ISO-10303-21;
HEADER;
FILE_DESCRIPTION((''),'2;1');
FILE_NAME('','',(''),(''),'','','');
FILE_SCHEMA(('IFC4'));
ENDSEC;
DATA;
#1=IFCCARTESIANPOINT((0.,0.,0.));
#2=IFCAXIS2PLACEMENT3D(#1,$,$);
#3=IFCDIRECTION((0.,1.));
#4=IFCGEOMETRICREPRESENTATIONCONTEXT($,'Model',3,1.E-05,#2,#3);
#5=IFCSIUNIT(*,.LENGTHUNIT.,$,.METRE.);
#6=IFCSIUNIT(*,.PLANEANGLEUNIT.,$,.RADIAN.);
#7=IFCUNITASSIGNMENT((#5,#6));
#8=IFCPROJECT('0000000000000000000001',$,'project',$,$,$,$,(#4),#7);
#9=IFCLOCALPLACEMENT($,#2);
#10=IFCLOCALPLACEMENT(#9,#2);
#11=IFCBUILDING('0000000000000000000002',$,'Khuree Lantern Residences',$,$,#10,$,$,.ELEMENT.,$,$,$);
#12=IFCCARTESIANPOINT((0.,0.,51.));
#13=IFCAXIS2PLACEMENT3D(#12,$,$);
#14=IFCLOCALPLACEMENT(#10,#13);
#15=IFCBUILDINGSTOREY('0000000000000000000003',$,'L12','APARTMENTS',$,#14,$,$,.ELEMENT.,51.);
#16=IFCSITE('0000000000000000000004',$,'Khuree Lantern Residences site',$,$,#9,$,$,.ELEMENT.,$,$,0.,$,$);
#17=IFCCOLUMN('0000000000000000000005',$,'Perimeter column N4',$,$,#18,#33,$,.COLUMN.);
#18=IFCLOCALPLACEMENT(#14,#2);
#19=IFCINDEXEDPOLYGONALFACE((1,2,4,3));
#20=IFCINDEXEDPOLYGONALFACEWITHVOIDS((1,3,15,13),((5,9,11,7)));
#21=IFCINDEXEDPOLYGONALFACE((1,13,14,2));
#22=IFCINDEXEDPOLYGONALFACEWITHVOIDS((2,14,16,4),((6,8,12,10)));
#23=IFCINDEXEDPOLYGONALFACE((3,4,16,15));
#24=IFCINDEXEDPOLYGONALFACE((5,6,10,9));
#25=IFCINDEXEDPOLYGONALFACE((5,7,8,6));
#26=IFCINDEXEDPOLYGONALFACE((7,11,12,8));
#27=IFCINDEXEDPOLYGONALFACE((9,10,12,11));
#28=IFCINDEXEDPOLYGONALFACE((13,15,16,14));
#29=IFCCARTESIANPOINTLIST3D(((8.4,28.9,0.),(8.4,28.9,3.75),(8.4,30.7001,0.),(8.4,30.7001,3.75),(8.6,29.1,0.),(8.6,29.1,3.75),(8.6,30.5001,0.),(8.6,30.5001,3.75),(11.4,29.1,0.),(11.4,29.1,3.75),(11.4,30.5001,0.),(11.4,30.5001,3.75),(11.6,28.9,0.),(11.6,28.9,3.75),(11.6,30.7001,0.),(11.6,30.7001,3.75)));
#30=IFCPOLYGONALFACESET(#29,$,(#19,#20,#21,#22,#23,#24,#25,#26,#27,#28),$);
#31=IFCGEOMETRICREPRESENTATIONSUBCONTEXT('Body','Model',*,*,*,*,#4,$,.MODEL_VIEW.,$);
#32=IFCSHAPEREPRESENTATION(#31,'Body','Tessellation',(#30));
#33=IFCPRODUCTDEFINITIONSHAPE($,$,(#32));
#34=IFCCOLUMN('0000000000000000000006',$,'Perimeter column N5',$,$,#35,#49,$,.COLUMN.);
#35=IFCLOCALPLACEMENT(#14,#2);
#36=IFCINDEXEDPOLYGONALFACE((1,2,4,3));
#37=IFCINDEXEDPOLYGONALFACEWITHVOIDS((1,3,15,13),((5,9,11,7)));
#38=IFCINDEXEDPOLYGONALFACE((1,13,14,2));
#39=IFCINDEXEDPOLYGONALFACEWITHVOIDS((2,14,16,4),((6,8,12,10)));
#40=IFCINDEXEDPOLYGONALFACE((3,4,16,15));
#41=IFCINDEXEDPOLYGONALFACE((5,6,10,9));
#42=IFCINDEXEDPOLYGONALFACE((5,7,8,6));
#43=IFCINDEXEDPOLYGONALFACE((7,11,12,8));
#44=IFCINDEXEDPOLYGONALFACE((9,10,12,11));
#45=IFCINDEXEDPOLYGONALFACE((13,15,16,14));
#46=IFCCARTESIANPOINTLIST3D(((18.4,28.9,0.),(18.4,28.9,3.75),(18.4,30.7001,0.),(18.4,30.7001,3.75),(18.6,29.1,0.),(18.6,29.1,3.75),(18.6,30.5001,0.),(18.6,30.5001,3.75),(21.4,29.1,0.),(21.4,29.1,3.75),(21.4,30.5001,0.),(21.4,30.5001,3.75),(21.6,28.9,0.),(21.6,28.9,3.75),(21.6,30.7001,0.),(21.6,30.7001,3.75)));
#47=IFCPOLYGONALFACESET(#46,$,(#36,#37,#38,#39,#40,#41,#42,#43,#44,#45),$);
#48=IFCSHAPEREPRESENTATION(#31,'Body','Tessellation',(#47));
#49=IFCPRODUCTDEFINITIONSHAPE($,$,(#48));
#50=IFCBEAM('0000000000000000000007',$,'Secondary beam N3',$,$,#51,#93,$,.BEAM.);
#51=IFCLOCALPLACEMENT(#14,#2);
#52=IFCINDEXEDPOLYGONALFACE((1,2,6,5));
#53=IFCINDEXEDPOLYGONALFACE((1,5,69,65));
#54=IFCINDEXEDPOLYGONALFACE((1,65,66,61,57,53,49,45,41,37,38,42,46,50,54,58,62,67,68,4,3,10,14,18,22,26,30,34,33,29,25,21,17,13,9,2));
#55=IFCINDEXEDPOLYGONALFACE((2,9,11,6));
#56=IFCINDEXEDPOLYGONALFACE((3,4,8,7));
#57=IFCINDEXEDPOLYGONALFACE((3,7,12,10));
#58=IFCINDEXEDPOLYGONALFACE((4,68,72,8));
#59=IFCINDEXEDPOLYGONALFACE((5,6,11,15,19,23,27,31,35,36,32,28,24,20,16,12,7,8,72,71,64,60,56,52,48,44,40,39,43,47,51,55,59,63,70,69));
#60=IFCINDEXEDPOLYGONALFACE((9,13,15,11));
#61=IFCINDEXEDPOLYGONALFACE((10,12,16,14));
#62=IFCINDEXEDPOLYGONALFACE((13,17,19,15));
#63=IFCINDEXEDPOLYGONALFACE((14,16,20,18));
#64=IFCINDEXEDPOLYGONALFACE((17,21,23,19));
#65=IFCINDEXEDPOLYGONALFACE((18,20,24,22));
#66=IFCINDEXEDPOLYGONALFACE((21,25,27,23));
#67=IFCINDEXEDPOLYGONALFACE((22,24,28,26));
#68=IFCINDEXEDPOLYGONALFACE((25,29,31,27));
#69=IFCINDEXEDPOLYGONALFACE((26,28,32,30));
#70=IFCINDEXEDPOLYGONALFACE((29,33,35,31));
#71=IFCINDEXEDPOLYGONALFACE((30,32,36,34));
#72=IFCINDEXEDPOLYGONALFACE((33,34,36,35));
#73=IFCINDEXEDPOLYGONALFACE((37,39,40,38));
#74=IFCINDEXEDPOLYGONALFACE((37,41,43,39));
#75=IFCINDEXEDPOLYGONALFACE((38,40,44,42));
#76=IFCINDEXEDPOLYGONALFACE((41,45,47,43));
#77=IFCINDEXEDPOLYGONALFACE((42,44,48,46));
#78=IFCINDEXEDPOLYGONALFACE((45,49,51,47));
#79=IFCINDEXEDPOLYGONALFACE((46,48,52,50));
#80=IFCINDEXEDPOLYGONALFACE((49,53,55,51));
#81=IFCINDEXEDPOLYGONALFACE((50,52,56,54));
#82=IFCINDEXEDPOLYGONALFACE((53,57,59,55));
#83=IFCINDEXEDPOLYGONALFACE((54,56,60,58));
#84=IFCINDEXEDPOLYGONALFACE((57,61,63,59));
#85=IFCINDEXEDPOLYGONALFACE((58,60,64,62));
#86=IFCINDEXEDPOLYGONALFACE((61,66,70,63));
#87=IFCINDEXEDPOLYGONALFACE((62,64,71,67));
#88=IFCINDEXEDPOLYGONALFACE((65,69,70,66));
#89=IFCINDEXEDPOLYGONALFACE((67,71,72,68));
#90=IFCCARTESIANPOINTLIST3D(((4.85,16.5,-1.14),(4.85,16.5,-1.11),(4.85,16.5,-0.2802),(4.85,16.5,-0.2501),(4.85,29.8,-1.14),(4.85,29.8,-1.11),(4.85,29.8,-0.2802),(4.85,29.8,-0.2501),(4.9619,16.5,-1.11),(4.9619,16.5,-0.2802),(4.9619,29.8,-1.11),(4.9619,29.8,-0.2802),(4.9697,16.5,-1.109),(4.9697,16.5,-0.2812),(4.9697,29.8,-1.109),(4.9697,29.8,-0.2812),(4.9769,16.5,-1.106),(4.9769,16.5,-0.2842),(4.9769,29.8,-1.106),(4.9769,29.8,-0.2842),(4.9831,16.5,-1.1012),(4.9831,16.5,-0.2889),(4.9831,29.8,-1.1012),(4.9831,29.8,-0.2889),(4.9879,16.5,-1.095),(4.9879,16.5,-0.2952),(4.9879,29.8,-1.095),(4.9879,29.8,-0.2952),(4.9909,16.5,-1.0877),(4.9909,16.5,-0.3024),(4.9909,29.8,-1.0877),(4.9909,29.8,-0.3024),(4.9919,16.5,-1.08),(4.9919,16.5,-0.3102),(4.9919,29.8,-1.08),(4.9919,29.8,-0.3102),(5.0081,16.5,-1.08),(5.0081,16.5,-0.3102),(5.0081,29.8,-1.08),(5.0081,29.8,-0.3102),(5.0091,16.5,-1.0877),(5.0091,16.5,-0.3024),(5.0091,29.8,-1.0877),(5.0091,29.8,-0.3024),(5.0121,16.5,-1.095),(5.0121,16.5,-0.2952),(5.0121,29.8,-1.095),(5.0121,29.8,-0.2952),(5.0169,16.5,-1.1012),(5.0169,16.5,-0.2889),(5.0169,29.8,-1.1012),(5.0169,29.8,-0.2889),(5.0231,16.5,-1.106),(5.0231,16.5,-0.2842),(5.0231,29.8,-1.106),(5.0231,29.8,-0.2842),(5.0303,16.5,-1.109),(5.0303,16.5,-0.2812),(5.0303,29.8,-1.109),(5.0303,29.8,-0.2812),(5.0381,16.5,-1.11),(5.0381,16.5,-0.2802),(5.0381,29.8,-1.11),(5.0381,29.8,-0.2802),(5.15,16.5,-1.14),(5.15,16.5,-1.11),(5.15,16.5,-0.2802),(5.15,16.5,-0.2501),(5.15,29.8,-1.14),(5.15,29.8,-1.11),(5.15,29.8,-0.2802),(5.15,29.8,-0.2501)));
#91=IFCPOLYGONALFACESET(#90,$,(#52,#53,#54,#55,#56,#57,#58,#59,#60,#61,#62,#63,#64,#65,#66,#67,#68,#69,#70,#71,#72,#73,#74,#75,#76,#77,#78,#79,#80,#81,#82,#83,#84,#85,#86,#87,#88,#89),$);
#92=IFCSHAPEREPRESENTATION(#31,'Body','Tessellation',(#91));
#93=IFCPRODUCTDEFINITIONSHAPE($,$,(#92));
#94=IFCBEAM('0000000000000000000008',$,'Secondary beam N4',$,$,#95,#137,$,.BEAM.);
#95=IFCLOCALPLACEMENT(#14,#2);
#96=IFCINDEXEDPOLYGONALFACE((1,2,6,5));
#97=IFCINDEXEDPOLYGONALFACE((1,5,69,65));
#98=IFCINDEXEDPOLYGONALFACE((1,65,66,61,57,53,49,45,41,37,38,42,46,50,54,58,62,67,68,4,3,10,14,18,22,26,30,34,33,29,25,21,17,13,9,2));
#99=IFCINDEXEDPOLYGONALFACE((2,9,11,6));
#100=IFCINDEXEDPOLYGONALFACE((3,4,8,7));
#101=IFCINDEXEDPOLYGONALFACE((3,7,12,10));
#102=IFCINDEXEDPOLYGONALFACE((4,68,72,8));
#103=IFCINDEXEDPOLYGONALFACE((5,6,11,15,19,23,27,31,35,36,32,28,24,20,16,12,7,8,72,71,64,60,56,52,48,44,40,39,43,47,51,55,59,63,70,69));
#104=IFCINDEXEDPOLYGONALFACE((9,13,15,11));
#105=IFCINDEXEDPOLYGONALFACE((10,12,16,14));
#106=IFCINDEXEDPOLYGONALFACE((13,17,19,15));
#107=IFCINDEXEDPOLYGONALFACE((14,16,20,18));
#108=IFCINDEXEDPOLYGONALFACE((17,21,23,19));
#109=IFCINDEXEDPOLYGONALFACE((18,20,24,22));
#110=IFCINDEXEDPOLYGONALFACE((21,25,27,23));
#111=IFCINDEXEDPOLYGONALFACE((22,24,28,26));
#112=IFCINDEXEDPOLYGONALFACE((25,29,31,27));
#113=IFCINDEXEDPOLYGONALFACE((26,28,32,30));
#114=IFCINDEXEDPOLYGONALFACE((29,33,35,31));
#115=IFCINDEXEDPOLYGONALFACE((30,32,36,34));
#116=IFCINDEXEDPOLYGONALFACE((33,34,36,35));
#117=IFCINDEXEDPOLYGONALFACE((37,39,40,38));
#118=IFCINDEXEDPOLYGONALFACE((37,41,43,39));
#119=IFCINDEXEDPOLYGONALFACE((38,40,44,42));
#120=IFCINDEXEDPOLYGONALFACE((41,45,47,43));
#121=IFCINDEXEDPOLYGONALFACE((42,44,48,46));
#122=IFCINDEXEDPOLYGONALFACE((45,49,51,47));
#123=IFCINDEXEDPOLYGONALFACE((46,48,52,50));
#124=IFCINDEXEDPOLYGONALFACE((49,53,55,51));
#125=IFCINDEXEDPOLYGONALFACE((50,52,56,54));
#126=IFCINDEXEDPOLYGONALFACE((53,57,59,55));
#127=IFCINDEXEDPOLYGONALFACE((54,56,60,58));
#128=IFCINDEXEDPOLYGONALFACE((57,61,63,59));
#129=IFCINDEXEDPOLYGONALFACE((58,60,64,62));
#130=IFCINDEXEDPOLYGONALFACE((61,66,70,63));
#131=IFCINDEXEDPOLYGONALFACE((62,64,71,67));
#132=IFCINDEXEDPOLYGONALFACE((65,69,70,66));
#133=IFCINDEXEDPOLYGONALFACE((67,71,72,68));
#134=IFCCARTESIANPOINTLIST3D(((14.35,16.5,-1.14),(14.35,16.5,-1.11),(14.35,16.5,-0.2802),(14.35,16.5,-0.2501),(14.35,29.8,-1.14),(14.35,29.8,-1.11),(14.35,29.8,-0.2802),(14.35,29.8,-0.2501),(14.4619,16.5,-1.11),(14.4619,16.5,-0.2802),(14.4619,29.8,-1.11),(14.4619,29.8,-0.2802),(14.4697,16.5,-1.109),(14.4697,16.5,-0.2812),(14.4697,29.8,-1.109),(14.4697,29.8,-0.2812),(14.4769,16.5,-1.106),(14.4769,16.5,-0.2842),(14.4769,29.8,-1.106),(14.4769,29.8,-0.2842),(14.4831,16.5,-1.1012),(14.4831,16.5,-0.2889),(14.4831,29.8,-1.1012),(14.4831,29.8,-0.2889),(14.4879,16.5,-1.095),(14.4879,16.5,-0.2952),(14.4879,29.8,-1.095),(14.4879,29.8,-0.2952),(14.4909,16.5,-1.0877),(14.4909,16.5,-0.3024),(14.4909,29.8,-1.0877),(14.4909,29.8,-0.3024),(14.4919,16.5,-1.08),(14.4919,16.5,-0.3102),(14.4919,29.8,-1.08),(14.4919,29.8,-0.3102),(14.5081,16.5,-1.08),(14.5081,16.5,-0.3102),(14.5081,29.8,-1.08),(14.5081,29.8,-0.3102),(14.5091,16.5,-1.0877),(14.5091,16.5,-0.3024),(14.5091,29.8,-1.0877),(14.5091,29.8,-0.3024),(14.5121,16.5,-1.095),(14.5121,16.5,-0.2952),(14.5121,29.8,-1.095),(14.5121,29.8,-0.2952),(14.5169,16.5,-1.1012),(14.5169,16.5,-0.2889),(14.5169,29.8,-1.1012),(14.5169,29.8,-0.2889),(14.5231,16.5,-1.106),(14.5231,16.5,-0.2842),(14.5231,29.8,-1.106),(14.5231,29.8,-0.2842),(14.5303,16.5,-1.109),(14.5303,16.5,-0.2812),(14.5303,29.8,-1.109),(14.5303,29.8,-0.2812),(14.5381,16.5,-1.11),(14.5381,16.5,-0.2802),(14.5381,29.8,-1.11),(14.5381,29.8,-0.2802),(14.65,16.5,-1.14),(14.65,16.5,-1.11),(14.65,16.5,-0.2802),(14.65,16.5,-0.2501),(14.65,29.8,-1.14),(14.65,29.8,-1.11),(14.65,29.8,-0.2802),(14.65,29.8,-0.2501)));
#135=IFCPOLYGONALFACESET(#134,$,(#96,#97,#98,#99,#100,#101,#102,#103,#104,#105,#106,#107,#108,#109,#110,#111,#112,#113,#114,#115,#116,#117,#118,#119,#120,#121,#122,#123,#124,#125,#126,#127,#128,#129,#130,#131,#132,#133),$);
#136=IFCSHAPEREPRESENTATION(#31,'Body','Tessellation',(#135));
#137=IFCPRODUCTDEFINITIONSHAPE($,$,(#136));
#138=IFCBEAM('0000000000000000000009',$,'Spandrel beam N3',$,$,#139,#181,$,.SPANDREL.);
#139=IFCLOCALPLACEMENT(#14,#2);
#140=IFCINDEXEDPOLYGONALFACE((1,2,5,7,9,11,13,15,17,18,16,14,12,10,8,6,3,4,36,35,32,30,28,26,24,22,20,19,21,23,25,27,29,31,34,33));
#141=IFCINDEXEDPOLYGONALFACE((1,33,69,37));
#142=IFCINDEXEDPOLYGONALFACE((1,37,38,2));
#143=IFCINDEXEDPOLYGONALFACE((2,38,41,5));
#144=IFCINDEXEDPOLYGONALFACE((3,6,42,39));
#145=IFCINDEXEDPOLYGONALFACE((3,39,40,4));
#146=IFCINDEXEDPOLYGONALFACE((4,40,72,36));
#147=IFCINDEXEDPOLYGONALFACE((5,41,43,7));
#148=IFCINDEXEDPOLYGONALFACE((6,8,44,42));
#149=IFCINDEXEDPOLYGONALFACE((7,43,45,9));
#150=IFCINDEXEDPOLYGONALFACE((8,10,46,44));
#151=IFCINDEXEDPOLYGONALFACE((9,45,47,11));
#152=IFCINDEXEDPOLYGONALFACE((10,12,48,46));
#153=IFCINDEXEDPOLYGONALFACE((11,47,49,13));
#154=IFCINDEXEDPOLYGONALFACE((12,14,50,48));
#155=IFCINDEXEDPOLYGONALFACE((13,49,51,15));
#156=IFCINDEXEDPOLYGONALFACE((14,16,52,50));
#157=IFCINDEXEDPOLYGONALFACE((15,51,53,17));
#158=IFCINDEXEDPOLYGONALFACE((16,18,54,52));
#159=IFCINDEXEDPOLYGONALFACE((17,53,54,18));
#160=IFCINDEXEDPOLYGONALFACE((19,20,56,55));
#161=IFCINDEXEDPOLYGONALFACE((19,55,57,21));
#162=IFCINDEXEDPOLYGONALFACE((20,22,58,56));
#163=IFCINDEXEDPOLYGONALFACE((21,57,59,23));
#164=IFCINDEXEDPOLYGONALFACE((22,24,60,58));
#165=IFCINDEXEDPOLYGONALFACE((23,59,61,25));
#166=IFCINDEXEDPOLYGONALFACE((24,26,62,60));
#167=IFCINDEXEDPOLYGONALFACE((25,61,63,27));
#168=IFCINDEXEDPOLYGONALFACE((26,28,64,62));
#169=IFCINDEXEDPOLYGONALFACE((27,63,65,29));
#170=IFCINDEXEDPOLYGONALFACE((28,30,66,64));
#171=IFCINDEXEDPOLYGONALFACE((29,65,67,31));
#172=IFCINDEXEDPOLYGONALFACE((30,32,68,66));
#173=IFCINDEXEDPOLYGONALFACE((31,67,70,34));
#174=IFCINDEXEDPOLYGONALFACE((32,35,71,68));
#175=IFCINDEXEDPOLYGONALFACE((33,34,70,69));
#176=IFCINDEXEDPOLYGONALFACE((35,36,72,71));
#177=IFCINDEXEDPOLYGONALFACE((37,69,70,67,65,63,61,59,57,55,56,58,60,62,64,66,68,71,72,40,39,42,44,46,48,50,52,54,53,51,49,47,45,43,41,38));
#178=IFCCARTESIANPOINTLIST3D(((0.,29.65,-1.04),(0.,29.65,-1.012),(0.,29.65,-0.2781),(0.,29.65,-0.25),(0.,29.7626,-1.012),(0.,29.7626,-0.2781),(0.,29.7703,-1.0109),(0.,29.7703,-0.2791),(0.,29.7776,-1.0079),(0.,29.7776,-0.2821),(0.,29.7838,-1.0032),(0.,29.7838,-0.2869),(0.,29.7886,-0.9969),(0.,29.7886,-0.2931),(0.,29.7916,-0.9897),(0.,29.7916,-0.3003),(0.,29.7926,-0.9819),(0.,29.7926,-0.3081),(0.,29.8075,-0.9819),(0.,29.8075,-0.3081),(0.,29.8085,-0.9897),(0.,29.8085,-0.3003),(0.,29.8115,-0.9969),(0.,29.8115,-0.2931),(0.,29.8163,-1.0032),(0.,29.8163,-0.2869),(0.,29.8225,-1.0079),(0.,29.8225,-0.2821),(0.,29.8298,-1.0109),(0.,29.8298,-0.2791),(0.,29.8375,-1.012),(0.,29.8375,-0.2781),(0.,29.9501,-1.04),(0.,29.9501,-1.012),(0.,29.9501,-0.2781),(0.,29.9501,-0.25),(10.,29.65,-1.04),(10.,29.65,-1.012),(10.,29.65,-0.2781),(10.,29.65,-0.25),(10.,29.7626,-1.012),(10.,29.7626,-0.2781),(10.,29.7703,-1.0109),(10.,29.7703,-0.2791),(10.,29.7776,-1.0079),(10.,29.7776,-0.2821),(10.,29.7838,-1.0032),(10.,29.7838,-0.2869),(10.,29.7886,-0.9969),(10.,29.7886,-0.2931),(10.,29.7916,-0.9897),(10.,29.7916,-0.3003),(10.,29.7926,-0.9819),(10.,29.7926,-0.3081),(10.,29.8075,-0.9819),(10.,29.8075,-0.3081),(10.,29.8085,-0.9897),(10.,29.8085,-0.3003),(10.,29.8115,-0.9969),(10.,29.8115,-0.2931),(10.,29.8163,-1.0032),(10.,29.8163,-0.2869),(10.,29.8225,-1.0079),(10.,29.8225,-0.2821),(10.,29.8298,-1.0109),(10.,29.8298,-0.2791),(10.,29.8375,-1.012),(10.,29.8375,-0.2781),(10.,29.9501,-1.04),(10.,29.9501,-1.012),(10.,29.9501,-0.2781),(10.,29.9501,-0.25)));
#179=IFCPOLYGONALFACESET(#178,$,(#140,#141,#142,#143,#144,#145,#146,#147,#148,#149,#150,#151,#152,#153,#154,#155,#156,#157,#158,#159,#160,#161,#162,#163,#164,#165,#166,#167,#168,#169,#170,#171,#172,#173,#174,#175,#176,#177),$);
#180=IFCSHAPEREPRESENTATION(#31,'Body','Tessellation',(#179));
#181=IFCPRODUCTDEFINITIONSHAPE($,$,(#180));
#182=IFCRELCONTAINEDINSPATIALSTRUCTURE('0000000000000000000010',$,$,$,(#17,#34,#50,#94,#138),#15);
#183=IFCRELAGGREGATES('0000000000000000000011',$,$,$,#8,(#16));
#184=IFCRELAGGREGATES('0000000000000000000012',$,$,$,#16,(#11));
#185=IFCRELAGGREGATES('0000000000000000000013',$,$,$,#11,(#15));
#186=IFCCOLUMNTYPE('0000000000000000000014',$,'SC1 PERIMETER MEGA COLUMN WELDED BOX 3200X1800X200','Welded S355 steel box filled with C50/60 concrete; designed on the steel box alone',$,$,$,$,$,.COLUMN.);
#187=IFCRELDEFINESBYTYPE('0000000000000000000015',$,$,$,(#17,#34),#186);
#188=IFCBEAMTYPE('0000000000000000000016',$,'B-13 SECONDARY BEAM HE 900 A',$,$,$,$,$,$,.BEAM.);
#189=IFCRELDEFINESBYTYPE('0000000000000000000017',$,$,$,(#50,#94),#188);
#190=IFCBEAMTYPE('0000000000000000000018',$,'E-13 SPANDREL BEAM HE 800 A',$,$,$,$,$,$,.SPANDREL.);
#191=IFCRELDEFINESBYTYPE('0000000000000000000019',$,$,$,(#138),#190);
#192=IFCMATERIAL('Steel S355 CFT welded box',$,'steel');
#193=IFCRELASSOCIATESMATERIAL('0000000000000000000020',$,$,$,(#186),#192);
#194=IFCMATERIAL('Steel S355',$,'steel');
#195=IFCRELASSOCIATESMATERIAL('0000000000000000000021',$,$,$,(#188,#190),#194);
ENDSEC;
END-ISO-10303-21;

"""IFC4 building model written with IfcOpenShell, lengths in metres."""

from ifc_helpers import new_model, si_unit, direction, frame, origin, origin_2d, place, context, subcontext, project, spatial, hollow_rectangle, i_section, extrude, material, material_profile, profile_set, type_object, element, save


model = new_model("IFC4")

# Units and contexts
model_context = context("Model", 3, precision=1e-05, world=origin(), true_north=direction((0.0, 1.0)))
body_context = subcontext(model_context, "Body", "Model", "MODEL_VIEW")
ifc_project = project(units=[si_unit("LENGTHUNIT", "METRE"), si_unit("PLANEANGLEUNIT", "RADIAN")], contexts=[model_context])

# Site, building, storey
site_placement = place(None, origin())
site = spatial("IfcSite", under=ifc_project, at=site_placement, Name="Khuree Lantern Residences site", CompositionType="ELEMENT", RefElevation=0.0)
building_placement = place(site_placement, origin())
building = spatial("IfcBuilding", under=site, at=building_placement, Name="Khuree Lantern Residences", CompositionType="ELEMENT")
storey_placement = place(building_placement, frame((0.0, 0.0, 51.0)))
storey = spatial("IfcBuildingStorey", under=building, at=storey_placement, Name="L12", Description="APARTMENTS", CompositionType="ELEMENT", Elevation=51.0)

# Columns
ifc_material_1 = material(Name="Steel S355 CFT welded box", Category="steel")
ifc_material_profile_1 = material_profile(ifc_material_1, hollow_rectangle(XDim=3.2, YDim=1.8, WallThickness=0.2, at=origin_2d()), Name="WELDED BOX 3200X1800X200")
ifc_profile_set_1 = profile_set([ifc_material_profile_1], Name="Steel S355 CFT welded box")
column_type = type_object("IfcColumnType", Name="SC1 PERIMETER MEGA COLUMN WELDED BOX 3200X1800X200", Description="Welded S355 steel box filled with C50/60 concrete; designed on the steel box alone", PredefinedType="COLUMN", material=ifc_profile_set_1)
for number, where, z_axis, x_axis, name in (
    (1, (10.0, 29.8, 0.0), (0.0, 0.0, 1.0), (1.0, 0.0, 0.0), "Perimeter column N4"),
    (2, (20.0, 29.8, 0.0), (0.0, 0.0, 1.0), (1.0, 0.0, 0.0), "Perimeter column N5"),
):
    element("IfcColumn", number, at=place(storey_placement, frame(where, z_axis=z_axis, x_axis=x_axis)), inside=storey, type_object=column_type, Name=name, PredefinedType="COLUMN", context=body_context, shape_type="SweptSolid", body=[
        extrude(hollow_rectangle(XDim=3.2, YDim=1.8, WallThickness=0.2, at=origin_2d()), origin(), (0.0, 0.0, 1.0), 3.75),
    ])

# Beams
ifc_material_2 = material(Name="Steel S355", Category="steel")
ifc_material_profile_2 = material_profile(ifc_material_2, i_section(OverallWidth=0.3, OverallDepth=0.8899, WebThickness=0.0161, FlangeThickness=0.03, FilletRadius=0.03, at=origin_2d()), Name="HE 900 A")
ifc_profile_set_2 = profile_set([ifc_material_profile_2], Name="Steel S355")
beam_type_1 = type_object("IfcBeamType", Name="B-13 SECONDARY BEAM HE 900 A", PredefinedType="BEAM", material=ifc_profile_set_2)
for number, where, z_axis, x_axis, name in (
    (3, (5.0, 29.8, -0.6951), (0.0, -1.0, 0.0), (1.0, 0.0, 0.0), "Secondary beam N3"),
    (4, (14.5, 29.8, -0.6951), (0.0, -1.0, 0.0), (1.0, 0.0, 0.0), "Secondary beam N4"),
):
    element("IfcBeam", number, at=place(storey_placement, frame(where, z_axis=z_axis, x_axis=x_axis)), inside=storey, type_object=beam_type_1, Name=name, PredefinedType="BEAM", context=body_context, shape_type="SweptSolid", body=[
        extrude(i_section(OverallWidth=0.3, OverallDepth=0.8899, WebThickness=0.0161, FlangeThickness=0.03, FilletRadius=0.03, at=origin_2d()), origin(), (0.0, 0.0, 1.0), 13.3),
    ])
ifc_material_profile_3 = material_profile(ifc_material_2, i_section(OverallWidth=0.3, OverallDepth=0.79, WebThickness=0.0149, FlangeThickness=0.0281, FilletRadius=0.03, at=origin_2d()), Name="HE 800 A")
ifc_profile_set_3 = profile_set([ifc_material_profile_3], Name="Steel S355")
beam_type_2 = type_object("IfcBeamType", Name="E-13 SPANDREL BEAM HE 800 A", PredefinedType="SPANDREL", material=ifc_profile_set_3)
for number, where, z_axis, x_axis, name in (
    (5, (0.0, 29.8, -0.645), (1.0, 0.0, 0.0), (0.0, 1.0, 0.0), "Spandrel beam N3"),
):
    element("IfcBeam", number, at=place(storey_placement, frame(where, z_axis=z_axis, x_axis=x_axis)), inside=storey, type_object=beam_type_2, Name=name, PredefinedType="SPANDREL", context=body_context, shape_type="SweptSolid", body=[
        extrude(i_section(OverallWidth=0.3, OverallDepth=0.79, WebThickness=0.0149, FlangeThickness=0.0281, FilletRadius=0.03, at=origin_2d()), origin(), (0.0, 0.0, 1.0), 10.0),
    ])

save(model, "model.ifc")
